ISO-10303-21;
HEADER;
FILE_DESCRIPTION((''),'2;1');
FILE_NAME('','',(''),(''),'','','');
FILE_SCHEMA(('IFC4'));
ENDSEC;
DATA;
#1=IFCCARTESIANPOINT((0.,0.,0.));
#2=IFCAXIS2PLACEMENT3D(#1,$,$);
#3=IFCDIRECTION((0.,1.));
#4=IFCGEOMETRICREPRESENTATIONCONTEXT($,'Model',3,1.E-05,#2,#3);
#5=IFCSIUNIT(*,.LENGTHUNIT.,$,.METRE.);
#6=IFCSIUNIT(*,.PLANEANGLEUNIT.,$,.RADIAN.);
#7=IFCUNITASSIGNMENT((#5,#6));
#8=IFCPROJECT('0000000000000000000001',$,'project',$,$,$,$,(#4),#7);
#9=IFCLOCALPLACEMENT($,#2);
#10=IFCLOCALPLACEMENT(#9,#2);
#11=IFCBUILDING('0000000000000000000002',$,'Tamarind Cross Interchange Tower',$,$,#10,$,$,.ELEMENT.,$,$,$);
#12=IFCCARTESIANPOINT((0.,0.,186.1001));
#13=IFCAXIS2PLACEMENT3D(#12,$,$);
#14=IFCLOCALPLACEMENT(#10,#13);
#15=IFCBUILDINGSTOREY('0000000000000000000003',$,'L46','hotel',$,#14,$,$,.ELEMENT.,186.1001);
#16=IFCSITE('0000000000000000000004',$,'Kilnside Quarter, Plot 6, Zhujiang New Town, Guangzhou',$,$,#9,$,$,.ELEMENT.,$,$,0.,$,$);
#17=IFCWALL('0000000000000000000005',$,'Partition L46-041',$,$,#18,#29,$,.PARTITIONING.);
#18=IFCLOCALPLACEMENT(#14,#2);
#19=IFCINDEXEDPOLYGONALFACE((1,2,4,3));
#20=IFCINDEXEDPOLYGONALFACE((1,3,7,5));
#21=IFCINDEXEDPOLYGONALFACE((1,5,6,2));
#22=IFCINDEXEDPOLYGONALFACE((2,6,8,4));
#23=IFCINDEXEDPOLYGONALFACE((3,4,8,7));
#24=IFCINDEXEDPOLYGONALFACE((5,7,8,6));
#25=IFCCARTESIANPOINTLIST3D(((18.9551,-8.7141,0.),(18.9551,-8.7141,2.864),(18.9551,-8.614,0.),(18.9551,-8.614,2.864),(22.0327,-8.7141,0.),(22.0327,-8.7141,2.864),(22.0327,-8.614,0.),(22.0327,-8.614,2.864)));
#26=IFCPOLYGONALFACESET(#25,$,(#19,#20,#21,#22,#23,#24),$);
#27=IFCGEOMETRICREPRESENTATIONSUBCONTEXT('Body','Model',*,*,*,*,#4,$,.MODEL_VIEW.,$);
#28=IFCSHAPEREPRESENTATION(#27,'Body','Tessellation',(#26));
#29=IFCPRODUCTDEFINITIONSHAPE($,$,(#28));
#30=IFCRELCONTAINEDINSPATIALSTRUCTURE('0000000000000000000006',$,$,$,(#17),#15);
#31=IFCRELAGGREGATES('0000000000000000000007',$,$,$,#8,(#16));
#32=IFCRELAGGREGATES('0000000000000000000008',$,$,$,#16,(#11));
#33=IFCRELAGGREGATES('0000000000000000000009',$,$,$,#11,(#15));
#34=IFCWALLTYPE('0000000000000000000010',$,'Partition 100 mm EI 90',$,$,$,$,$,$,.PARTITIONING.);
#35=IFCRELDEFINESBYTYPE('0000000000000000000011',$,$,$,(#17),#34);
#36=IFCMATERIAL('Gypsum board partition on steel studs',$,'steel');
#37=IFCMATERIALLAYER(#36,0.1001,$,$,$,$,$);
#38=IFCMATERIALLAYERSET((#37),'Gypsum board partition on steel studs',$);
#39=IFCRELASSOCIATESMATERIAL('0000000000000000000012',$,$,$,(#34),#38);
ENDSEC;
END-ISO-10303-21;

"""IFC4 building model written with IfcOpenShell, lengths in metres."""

from ifc_helpers import new_model, si_unit, direction, frame, frame_2d, origin, place, context, subcontext, project, spatial, rectangle, extrude, material, layer, layer_set, type_object, element, save


model = new_model("IFC4")

# Units and contexts
model_context = context("Model", 3, precision=1e-05, world=origin(), true_north=direction((0.0, 1.0)))
body_context = subcontext(model_context, "Body", "Model", "MODEL_VIEW")
ifc_project = project(units=[si_unit("LENGTHUNIT", "METRE"), si_unit("PLANEANGLEUNIT", "RADIAN")], contexts=[model_context])

# Site, building, storey
site_placement = place(None, origin())
site = spatial("IfcSite", under=ifc_project, at=site_placement, Name="Kilnside Quarter, Plot 6, Zhujiang New Town, Guangzhou", CompositionType="ELEMENT", RefElevation=0.0)
building_placement = place(site_placement, origin())
building = spatial("IfcBuilding", under=site, at=building_placement, Name="Tamarind Cross Interchange Tower", CompositionType="ELEMENT")
storey_placement = place(building_placement, frame((0.0, 0.0, 186.1001)))
storey = spatial("IfcBuildingStorey", under=building, at=storey_placement, Name="L46", Description="hotel", CompositionType="ELEMENT", Elevation=186.1001)

# Wall
ifc_material_1 = material(Name="Gypsum board partition on steel studs", Category="steel")
ifc_layer_1 = layer(ifc_material_1, 0.1001)
ifc_layer_set_1 = layer_set([ifc_layer_1], Name="Gypsum board partition on steel studs")
wall_type_1 = type_object("IfcWallType", Name="Partition 100 mm EI 90", PredefinedType="PARTITIONING", material=ifc_layer_set_1)
wall_1_placement = place(storey_placement, frame((18.9551, -8.6641, 0.0), z_axis=(0.0, 0.0, 1.0), x_axis=(1.0, 0.0, 0.0)))
element("IfcWall", 1, at=wall_1_placement, inside=storey, type_object=wall_type_1, Name="Partition L46-041", PredefinedType="PARTITIONING", context=body_context, shape_type="SweptSolid", body=[
    extrude(rectangle(XDim=3.0776, YDim=0.1001, at=frame_2d((1.5388, 0.0))), origin(), (0.0, 0.0, 1.0), 2.864),
])

save(model, "model.ifc")
